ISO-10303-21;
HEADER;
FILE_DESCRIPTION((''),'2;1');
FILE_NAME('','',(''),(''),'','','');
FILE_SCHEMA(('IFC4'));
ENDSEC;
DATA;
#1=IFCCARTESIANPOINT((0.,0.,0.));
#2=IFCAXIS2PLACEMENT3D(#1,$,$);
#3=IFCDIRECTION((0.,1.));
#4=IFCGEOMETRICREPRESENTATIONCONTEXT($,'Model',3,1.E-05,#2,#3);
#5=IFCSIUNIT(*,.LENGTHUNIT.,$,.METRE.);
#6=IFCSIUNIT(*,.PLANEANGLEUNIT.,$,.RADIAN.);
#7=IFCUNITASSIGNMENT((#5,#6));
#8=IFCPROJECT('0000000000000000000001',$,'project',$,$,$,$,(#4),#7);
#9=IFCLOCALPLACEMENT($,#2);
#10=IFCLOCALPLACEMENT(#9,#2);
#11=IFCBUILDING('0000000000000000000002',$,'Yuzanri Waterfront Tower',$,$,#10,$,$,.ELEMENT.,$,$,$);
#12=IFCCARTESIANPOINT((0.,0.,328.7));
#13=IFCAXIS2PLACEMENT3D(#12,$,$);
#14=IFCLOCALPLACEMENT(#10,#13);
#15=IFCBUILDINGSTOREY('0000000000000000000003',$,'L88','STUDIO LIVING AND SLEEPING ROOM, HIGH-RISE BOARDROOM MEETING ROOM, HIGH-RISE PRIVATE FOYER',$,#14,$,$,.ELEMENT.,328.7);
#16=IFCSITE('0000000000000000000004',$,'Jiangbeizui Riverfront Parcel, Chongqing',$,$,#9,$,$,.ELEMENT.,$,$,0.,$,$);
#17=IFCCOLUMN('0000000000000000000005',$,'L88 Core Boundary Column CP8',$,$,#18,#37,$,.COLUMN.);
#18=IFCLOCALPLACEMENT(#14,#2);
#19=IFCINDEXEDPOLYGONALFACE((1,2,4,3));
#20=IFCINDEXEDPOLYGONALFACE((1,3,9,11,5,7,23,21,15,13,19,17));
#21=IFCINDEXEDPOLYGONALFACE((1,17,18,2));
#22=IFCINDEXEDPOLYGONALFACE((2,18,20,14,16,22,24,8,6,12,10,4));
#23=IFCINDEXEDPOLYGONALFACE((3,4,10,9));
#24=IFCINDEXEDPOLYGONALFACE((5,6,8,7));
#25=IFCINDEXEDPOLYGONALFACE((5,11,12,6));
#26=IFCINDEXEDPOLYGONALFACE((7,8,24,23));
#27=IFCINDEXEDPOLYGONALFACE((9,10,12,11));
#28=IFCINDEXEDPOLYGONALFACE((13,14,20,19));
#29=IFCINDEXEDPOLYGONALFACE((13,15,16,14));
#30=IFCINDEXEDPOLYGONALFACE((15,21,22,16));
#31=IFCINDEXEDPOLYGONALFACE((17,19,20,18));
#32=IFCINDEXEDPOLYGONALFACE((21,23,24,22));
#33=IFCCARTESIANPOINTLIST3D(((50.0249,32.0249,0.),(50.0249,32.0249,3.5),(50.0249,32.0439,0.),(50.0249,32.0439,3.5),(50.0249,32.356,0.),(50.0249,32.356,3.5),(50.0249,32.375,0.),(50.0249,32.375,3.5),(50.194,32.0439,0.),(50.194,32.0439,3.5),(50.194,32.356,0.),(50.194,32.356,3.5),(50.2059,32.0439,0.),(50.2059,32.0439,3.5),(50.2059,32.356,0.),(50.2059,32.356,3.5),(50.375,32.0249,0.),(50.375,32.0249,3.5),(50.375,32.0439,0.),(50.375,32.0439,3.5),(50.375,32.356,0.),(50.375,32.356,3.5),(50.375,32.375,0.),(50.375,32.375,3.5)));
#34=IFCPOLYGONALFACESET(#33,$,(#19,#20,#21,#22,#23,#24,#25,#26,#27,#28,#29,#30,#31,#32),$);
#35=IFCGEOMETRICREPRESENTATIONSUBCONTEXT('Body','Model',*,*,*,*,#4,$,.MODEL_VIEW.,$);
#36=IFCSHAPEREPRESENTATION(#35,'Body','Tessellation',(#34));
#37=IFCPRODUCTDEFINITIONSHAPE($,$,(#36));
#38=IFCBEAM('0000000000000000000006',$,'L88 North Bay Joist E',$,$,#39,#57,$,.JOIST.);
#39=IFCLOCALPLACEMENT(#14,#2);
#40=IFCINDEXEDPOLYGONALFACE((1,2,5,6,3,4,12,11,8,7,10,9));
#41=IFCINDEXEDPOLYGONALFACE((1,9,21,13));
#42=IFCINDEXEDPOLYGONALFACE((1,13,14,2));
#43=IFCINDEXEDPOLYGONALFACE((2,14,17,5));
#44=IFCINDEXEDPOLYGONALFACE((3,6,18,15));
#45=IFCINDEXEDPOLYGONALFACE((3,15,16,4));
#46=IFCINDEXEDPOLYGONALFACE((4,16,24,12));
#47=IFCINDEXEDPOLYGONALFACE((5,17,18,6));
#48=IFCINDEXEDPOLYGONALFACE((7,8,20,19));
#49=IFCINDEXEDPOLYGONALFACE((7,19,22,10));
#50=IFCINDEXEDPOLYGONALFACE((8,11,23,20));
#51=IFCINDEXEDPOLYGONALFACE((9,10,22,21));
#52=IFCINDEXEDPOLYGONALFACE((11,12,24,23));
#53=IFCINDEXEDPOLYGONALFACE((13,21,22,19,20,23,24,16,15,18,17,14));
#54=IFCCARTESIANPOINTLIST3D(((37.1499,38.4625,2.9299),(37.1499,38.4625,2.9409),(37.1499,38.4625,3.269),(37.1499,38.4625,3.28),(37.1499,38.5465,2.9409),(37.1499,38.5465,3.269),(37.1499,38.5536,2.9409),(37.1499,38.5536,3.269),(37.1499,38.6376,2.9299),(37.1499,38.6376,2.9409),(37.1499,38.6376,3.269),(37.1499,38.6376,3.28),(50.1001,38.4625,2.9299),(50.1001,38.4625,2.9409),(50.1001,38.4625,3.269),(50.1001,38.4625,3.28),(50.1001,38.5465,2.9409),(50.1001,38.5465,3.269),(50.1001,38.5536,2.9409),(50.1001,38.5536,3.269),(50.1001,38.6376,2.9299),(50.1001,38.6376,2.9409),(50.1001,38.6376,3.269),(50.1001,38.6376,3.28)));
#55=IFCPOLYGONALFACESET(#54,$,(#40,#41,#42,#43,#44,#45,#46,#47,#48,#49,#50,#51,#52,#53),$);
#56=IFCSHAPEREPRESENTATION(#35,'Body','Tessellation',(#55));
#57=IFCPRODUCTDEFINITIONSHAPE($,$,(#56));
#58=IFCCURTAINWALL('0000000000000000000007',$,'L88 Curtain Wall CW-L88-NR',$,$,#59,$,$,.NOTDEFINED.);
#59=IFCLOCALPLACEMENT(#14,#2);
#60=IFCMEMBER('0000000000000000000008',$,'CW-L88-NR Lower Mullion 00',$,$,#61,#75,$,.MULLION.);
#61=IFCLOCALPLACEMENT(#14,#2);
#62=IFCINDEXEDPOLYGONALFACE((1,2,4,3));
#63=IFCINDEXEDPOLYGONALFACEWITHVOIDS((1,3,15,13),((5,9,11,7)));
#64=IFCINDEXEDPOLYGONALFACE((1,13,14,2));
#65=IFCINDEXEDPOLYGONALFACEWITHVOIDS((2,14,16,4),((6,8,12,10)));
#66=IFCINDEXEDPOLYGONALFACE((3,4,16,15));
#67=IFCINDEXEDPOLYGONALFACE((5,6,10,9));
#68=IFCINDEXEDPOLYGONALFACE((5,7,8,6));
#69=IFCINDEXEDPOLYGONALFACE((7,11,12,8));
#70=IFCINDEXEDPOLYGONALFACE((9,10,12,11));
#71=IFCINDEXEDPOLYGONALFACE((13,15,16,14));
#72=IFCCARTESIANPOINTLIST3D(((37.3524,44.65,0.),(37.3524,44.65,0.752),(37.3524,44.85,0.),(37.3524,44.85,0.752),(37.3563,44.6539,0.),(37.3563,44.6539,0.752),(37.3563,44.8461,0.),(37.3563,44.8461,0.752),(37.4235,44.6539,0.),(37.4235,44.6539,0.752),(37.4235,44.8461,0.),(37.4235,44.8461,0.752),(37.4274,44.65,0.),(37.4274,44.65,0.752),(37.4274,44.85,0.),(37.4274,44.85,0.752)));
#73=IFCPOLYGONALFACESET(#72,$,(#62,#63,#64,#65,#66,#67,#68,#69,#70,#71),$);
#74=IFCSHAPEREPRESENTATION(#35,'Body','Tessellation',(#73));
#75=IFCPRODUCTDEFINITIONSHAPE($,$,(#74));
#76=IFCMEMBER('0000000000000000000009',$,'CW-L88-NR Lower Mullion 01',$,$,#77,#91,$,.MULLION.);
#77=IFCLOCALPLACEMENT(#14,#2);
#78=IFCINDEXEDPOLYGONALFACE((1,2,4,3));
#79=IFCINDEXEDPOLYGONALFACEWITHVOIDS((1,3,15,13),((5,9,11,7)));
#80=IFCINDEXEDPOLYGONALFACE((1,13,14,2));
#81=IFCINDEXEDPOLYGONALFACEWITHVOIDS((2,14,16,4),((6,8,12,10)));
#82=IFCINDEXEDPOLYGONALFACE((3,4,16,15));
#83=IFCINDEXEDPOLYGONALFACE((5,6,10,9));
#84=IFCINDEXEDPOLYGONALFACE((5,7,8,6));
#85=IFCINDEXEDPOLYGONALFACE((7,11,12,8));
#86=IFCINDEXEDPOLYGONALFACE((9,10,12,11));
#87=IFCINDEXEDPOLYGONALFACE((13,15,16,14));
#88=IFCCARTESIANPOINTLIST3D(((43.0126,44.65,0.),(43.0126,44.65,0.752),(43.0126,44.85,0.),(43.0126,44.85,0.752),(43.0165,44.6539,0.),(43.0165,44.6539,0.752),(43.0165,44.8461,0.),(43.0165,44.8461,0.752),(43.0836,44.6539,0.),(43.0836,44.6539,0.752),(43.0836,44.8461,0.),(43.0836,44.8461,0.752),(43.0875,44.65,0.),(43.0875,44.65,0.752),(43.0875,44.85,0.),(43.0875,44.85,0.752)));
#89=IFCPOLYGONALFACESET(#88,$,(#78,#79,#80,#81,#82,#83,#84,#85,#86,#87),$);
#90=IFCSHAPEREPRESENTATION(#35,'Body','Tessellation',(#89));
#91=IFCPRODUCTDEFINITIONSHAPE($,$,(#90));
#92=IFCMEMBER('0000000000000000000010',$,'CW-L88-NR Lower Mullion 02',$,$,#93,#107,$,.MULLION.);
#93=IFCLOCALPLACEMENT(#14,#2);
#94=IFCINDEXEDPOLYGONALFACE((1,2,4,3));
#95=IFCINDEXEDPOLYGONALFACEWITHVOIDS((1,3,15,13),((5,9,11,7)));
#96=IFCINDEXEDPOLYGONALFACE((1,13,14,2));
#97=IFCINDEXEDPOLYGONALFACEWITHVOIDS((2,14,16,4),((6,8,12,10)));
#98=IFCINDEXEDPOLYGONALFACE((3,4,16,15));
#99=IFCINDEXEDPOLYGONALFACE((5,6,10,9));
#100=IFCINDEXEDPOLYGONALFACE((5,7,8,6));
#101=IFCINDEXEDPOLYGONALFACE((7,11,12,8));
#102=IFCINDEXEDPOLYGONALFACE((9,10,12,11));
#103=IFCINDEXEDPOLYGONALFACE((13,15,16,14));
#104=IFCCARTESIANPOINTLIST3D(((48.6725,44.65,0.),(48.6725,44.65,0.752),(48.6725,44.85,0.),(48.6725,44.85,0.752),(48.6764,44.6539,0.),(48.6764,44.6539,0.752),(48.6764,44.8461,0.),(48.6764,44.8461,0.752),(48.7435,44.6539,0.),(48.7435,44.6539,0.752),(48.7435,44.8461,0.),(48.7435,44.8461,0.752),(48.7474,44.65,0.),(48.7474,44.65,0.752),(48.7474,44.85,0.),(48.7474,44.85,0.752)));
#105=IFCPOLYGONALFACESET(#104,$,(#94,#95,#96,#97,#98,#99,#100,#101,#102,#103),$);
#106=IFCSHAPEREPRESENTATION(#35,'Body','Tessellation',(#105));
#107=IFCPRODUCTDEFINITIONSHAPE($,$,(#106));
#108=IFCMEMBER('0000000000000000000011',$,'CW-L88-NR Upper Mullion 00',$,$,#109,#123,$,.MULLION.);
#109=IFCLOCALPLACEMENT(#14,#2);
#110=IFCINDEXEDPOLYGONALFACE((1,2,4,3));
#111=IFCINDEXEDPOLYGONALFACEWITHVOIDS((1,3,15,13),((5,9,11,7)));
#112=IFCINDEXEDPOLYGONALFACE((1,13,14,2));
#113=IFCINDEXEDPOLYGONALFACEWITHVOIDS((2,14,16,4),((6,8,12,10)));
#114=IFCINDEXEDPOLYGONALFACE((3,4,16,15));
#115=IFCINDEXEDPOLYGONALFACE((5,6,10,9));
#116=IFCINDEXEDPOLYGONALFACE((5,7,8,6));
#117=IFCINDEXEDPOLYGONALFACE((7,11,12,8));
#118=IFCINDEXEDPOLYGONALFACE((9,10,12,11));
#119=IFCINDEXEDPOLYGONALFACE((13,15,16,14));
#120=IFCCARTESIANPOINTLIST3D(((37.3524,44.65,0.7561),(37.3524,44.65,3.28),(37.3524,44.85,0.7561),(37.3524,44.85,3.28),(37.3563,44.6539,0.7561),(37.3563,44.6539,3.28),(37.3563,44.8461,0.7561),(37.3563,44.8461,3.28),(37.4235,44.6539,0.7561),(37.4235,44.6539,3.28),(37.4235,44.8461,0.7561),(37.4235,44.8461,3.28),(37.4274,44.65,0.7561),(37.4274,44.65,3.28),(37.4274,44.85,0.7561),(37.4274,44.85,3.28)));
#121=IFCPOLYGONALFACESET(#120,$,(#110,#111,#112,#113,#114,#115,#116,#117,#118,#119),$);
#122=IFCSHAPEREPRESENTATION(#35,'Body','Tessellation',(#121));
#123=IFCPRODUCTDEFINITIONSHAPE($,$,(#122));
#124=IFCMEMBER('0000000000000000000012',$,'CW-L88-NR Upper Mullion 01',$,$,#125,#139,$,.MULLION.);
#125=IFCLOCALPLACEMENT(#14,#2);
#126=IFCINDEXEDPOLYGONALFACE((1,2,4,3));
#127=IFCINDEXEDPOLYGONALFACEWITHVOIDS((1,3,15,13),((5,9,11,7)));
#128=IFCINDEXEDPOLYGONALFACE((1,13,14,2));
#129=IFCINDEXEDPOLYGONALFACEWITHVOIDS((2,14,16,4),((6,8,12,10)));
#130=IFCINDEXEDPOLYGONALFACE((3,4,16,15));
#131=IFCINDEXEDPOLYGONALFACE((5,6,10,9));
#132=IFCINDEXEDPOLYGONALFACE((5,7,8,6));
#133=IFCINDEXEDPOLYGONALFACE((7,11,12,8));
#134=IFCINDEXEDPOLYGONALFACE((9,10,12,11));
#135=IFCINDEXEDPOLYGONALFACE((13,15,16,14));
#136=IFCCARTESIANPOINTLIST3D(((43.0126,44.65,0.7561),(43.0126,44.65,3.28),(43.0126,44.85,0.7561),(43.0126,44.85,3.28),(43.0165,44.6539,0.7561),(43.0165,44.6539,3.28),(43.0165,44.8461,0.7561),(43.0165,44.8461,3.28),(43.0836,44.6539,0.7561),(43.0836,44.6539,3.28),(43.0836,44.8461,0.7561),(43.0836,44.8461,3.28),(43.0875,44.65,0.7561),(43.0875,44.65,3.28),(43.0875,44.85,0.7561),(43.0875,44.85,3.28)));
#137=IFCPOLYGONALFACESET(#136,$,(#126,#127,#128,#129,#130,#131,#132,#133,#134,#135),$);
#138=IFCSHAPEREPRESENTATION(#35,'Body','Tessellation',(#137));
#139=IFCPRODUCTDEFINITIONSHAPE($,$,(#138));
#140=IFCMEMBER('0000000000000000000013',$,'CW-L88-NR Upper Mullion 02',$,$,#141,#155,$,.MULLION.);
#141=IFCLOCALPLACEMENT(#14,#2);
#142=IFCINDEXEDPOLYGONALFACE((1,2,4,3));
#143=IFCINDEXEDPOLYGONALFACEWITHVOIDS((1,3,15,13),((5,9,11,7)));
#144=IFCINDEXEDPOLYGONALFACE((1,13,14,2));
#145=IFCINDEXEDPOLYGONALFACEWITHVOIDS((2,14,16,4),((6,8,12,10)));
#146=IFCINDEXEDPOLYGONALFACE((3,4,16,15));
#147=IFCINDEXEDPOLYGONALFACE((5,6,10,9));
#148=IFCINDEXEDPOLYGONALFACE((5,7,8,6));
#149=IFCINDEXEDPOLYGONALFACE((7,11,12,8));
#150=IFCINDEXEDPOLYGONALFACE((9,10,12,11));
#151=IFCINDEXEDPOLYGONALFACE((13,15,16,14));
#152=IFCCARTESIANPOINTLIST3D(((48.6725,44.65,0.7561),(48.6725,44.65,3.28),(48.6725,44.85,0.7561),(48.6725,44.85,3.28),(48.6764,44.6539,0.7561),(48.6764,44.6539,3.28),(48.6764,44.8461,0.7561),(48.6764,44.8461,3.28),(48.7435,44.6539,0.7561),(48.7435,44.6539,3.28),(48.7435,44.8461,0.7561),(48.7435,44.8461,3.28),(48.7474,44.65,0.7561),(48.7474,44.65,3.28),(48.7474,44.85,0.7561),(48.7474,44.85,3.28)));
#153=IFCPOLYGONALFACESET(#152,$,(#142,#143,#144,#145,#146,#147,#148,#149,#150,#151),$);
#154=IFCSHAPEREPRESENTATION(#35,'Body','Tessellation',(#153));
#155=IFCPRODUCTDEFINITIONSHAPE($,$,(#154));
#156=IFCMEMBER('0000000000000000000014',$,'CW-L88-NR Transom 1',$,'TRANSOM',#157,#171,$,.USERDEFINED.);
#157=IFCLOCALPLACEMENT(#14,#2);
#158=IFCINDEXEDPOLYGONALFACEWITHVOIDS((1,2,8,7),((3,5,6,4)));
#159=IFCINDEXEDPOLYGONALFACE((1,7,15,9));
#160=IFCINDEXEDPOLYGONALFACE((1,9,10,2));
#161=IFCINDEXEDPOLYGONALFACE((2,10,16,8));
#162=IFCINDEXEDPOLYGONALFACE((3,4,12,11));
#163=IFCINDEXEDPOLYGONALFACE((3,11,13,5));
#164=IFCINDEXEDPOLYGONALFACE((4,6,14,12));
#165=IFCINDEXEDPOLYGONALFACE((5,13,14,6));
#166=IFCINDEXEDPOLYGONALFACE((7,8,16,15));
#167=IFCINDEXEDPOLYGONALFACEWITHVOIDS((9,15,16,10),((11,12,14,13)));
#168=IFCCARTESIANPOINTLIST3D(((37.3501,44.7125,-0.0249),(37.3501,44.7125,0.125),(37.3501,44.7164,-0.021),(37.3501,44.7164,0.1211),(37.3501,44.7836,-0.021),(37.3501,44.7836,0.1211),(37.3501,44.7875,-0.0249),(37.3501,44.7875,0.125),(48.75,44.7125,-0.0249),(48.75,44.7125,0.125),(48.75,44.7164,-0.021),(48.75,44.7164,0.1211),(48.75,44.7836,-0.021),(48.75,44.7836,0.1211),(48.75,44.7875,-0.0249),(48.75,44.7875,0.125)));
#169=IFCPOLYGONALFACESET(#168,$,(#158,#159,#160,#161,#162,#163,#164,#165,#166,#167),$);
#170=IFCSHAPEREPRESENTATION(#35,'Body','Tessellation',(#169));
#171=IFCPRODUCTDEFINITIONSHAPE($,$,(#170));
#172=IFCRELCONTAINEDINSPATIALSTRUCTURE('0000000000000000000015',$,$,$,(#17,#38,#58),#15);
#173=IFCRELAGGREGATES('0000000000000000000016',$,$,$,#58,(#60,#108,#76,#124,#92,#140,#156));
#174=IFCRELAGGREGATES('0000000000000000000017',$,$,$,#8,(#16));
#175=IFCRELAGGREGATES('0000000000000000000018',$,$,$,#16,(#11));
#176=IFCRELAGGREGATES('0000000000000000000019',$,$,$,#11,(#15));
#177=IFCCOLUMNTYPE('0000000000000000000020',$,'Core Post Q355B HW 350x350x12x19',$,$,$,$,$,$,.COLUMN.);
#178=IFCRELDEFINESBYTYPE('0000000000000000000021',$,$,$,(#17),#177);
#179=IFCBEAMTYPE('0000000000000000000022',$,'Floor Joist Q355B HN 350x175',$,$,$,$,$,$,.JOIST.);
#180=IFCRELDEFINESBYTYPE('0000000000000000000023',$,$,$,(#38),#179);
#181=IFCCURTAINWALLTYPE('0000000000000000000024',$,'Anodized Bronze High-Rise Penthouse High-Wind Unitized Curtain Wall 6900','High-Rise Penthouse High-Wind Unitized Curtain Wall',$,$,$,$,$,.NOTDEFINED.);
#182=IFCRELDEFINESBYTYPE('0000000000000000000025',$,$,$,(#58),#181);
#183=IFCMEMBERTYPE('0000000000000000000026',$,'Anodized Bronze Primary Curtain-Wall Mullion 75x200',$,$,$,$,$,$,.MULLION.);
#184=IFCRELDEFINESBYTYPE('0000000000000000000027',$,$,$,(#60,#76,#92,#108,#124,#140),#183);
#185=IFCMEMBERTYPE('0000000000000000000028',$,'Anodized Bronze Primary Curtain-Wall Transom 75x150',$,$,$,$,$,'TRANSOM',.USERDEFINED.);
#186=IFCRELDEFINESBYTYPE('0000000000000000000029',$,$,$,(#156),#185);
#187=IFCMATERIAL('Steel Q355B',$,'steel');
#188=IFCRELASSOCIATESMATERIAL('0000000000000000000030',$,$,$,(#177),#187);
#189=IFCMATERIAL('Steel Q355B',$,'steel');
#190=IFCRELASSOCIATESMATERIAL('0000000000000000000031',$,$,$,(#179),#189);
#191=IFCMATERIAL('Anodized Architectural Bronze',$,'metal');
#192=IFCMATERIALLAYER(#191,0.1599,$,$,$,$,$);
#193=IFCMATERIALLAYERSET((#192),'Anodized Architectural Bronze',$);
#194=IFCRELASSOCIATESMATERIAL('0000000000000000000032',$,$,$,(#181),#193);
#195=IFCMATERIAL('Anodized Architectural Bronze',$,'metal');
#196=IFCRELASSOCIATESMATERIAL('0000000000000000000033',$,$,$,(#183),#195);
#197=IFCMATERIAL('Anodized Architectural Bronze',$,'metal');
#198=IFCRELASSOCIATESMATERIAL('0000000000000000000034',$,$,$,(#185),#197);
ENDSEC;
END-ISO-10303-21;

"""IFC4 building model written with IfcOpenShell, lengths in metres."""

from ifc_helpers import new_model, si_unit, direction, frame, origin, origin_2d, place, context, subcontext, project, spatial, hollow_rectangle, i_section, extrude, source, transform, mapped, material, layer, layer_set, material_profile, profile_set, type_object, element, aggregate, save


model = new_model("IFC4")

# Units and contexts
model_context = context("Model", 3, precision=1e-05, world=origin(), true_north=direction((0.0, 1.0)))
body_context = subcontext(model_context, "Body", "Model", "MODEL_VIEW")
ifc_project = project(units=[si_unit("LENGTHUNIT", "METRE"), si_unit("PLANEANGLEUNIT", "RADIAN")], contexts=[model_context])

# Site, building, storey
site_placement = place(None, origin())
site = spatial("IfcSite", under=ifc_project, at=site_placement, Name="Jiangbeizui Riverfront Parcel, Chongqing", CompositionType="ELEMENT", RefElevation=0.0)
building_placement = place(site_placement, origin())
building = spatial("IfcBuilding", under=site, at=building_placement, Name="Yuzanri Waterfront Tower", CompositionType="ELEMENT")
storey_placement = place(building_placement, frame((0.0, 0.0, 328.7)))
storey = spatial("IfcBuildingStorey", under=building, at=storey_placement, Name="L88", Description="STUDIO LIVING AND SLEEPING ROOM, HIGH-RISE BOARDROOM MEETING ROOM, HIGH-RISE PRIVATE FOYER", CompositionType="ELEMENT", Elevation=328.7)

# Column
ifc_material_1 = material(Name="Steel Q355B", Category="steel")
ifc_material_profile_1 = material_profile(ifc_material_1, i_section(OverallWidth=0.3501, OverallDepth=0.3501, WebThickness=0.012, FlangeThickness=0.019, at=origin_2d()), Name="HW 350x350x12x19")
ifc_profile_set_1 = profile_set([ifc_material_profile_1], Name="Steel Q355B")
column_type = type_object("IfcColumnType", Name="Core Post Q355B HW 350x350x12x19", PredefinedType="COLUMN", material=ifc_profile_set_1)
shared_shape_1 = source(origin(), body_context, "Body", "SweptSolid", [
    extrude(i_section(OverallWidth=0.3501, OverallDepth=0.3501, WebThickness=0.012, FlangeThickness=0.019, at=origin_2d()), origin(), (0.0, 0.0, 1.0), 3.5),
])
column_placement = place(storey_placement, frame((50.2, 32.2, 0.0), z_axis=(0.0, 0.0, 1.0), x_axis=(1.0, 0.0, 0.0)))
element("IfcColumn", 1, at=column_placement, inside=storey, type_object=column_type, Name="L88 Core Boundary Column CP8", PredefinedType="COLUMN", context=body_context, shape_type="MappedRepresentation", body=[
    mapped(shared_shape_1, transform((0.0, 0.0, 0.0), scale=1.0)),
])

# Beam
ifc_material_2 = material(Name="Steel Q355B", Category="steel")
ifc_material_profile_2 = material_profile(ifc_material_2, i_section(OverallWidth=0.175, OverallDepth=0.3501, WebThickness=0.0071, FlangeThickness=0.011, at=origin_2d()), Name="HN 350x175x7x11")
ifc_profile_set_2 = profile_set([ifc_material_profile_2], Name="Steel Q355B")
beam_type = type_object("IfcBeamType", Name="Floor Joist Q355B HN 350x175", PredefinedType="JOIST", material=ifc_profile_set_2)
shared_shape_2 = source(origin(), body_context, "Body", "SweptSolid", [
    extrude(i_section(OverallWidth=0.175, OverallDepth=0.3501, WebThickness=0.0071, FlangeThickness=0.011, at=origin_2d()), origin(), (0.0, 0.0, 1.0), 12.9502),
])
beam_placement = place(storey_placement, frame((37.1499, 38.55, 3.105), z_axis=(1.0, 0.0, 0.0), x_axis=(0.0, 1.0, 0.0)))
element("IfcBeam", 2, at=beam_placement, inside=storey, type_object=beam_type, Name="L88 North Bay Joist E", PredefinedType="JOIST", context=body_context, shape_type="MappedRepresentation", body=[
    mapped(shared_shape_2, transform((0.0, 0.0, 0.0), scale=1.0)),
])

# Curtain wall, members
ifc_material_3 = material(Name="Anodized Architectural Bronze", Category="metal")
ifc_layer_1 = layer(ifc_material_3, 0.1599)
ifc_layer_set_1 = layer_set([ifc_layer_1], Name="Anodized Architectural Bronze")
curtain_wall_type = type_object("IfcCurtainWallType", Name="Anodized Bronze High-Rise Penthouse High-Wind Unitized Curtain Wall 6900", Description="High-Rise Penthouse High-Wind Unitized Curtain Wall", PredefinedType="NOTDEFINED", material=ifc_layer_set_1)
curtain_wall_placement = place(storey_placement, origin())
curtain_wall = element("IfcCurtainWall", 3, at=curtain_wall_placement, inside=storey, type_object=curtain_wall_type, Name="L88 Curtain Wall CW-L88-NR", PredefinedType="NOTDEFINED")
ifc_material_4 = material(Name="Anodized Architectural Bronze", Category="metal")
ifc_material_profile_3 = material_profile(ifc_material_4, hollow_rectangle(XDim=0.075, YDim=0.2, WallThickness=0.0039, at=origin_2d()), Name="CWM 75x200")
ifc_profile_set_3 = profile_set([ifc_material_profile_3], Name="Anodized Architectural Bronze")
member_type_1 = type_object("IfcMemberType", Name="Anodized Bronze Primary Curtain-Wall Mullion 75x200", PredefinedType="MULLION", material=ifc_profile_set_3)
shared_shape_3 = source(origin(), body_context, "Body", "SweptSolid", [
    extrude(hollow_rectangle(XDim=0.075, YDim=0.2, WallThickness=0.0039, at=origin_2d()), origin(), (0.0, 0.0, 1.0), 0.752),
])
member_1_placement = place(storey_placement, frame((37.3899, 44.75, 0.0), z_axis=(0.0, 0.0, 1.0), x_axis=(1.0, 0.0, 0.0)))
member_1 = element("IfcMember", 4, at=member_1_placement, type_object=member_type_1, Name="CW-L88-NR Lower Mullion 00", PredefinedType="MULLION", context=body_context, shape_type="MappedRepresentation", body=[
    mapped(shared_shape_3, transform((0.0, 0.0, 0.0), scale=1.0)),
])
member_2_placement = place(storey_placement, frame((43.05, 44.75, 0.0), z_axis=(0.0, 0.0, 1.0), x_axis=(1.0, 0.0, 0.0)))
member_2 = element("IfcMember", 5, at=member_2_placement, type_object=member_type_1, Name="CW-L88-NR Lower Mullion 01", PredefinedType="MULLION", context=body_context, shape_type="MappedRepresentation", body=[
    mapped(shared_shape_3, transform((0.0, 0.0, 0.0), scale=1.0)),
])
member_3_placement = place(storey_placement, frame((48.71, 44.75, 0.0), z_axis=(0.0, 0.0, 1.0), x_axis=(1.0, 0.0, 0.0)))
member_3 = element("IfcMember", 6, at=member_3_placement, type_object=member_type_1, Name="CW-L88-NR Lower Mullion 02", PredefinedType="MULLION", context=body_context, shape_type="MappedRepresentation", body=[
    mapped(shared_shape_3, transform((0.0, 0.0, 0.0), scale=1.0)),
])
shared_shape_4 = source(origin(), body_context, "Body", "SweptSolid", [
    extrude(hollow_rectangle(XDim=0.075, YDim=0.2, WallThickness=0.0039, at=origin_2d()), origin(), (0.0, 0.0, 1.0), 2.5239),
])
member_4_placement = place(storey_placement, frame((37.3899, 44.75, 0.7561), z_axis=(0.0, 0.0, 1.0), x_axis=(1.0, 0.0, 0.0)))
member_4 = element("IfcMember", 7, at=member_4_placement, type_object=member_type_1, Name="CW-L88-NR Upper Mullion 00", PredefinedType="MULLION", context=body_context, shape_type="MappedRepresentation", body=[
    mapped(shared_shape_4, transform((0.0, 0.0, 0.0), scale=1.0)),
])
member_5_placement = place(storey_placement, frame((43.05, 44.75, 0.7561), z_axis=(0.0, 0.0, 1.0), x_axis=(1.0, 0.0, 0.0)))
member_5 = element("IfcMember", 8, at=member_5_placement, type_object=member_type_1, Name="CW-L88-NR Upper Mullion 01", PredefinedType="MULLION", context=body_context, shape_type="MappedRepresentation", body=[
    mapped(shared_shape_4, transform((0.0, 0.0, 0.0), scale=1.0)),
])
member_6_placement = place(storey_placement, frame((48.71, 44.75, 0.7561), z_axis=(0.0, 0.0, 1.0), x_axis=(1.0, 0.0, 0.0)))
member_6 = element("IfcMember", 9, at=member_6_placement, type_object=member_type_1, Name="CW-L88-NR Upper Mullion 02", PredefinedType="MULLION", context=body_context, shape_type="MappedRepresentation", body=[
    mapped(shared_shape_4, transform((0.0, 0.0, 0.0), scale=1.0)),
])
ifc_material_5 = material(Name="Anodized Architectural Bronze", Category="metal")
ifc_material_profile_4 = material_profile(ifc_material_5, hollow_rectangle(XDim=0.075, YDim=0.1499, WallThickness=0.0039, at=origin_2d()), Name="CWT 75x150")
ifc_profile_set_4 = profile_set([ifc_material_profile_4], Name="Anodized Architectural Bronze")
member_type_2 = type_object("IfcMemberType", Name="Anodized Bronze Primary Curtain-Wall Transom 75x150", ElementType="TRANSOM", PredefinedType="USERDEFINED", material=ifc_profile_set_4)
shared_shape_5 = source(origin(), body_context, "Body", "SweptSolid", [
    extrude(hollow_rectangle(XDim=0.075, YDim=0.1499, WallThickness=0.0039, at=origin_2d()), origin(), (0.0, 0.0, 1.0), 11.3999),
])
member_7_placement = place(storey_placement, frame((37.3501, 44.75, 0.05), z_axis=(1.0, 0.0, 0.0), x_axis=(0.0, 1.0, 0.0)))
member_7 = element("IfcMember", 10, at=member_7_placement, type_object=member_type_2, Name="CW-L88-NR Transom 1", ObjectType="TRANSOM", PredefinedType="USERDEFINED", context=body_context, shape_type="MappedRepresentation", body=[
    mapped(shared_shape_5, transform((0.0, 0.0, 0.0), scale=1.0)),
])
aggregate(curtain_wall, [member_1, member_4, member_2, member_5, member_3, member_6, member_7])

save(model, "model.ifc")
